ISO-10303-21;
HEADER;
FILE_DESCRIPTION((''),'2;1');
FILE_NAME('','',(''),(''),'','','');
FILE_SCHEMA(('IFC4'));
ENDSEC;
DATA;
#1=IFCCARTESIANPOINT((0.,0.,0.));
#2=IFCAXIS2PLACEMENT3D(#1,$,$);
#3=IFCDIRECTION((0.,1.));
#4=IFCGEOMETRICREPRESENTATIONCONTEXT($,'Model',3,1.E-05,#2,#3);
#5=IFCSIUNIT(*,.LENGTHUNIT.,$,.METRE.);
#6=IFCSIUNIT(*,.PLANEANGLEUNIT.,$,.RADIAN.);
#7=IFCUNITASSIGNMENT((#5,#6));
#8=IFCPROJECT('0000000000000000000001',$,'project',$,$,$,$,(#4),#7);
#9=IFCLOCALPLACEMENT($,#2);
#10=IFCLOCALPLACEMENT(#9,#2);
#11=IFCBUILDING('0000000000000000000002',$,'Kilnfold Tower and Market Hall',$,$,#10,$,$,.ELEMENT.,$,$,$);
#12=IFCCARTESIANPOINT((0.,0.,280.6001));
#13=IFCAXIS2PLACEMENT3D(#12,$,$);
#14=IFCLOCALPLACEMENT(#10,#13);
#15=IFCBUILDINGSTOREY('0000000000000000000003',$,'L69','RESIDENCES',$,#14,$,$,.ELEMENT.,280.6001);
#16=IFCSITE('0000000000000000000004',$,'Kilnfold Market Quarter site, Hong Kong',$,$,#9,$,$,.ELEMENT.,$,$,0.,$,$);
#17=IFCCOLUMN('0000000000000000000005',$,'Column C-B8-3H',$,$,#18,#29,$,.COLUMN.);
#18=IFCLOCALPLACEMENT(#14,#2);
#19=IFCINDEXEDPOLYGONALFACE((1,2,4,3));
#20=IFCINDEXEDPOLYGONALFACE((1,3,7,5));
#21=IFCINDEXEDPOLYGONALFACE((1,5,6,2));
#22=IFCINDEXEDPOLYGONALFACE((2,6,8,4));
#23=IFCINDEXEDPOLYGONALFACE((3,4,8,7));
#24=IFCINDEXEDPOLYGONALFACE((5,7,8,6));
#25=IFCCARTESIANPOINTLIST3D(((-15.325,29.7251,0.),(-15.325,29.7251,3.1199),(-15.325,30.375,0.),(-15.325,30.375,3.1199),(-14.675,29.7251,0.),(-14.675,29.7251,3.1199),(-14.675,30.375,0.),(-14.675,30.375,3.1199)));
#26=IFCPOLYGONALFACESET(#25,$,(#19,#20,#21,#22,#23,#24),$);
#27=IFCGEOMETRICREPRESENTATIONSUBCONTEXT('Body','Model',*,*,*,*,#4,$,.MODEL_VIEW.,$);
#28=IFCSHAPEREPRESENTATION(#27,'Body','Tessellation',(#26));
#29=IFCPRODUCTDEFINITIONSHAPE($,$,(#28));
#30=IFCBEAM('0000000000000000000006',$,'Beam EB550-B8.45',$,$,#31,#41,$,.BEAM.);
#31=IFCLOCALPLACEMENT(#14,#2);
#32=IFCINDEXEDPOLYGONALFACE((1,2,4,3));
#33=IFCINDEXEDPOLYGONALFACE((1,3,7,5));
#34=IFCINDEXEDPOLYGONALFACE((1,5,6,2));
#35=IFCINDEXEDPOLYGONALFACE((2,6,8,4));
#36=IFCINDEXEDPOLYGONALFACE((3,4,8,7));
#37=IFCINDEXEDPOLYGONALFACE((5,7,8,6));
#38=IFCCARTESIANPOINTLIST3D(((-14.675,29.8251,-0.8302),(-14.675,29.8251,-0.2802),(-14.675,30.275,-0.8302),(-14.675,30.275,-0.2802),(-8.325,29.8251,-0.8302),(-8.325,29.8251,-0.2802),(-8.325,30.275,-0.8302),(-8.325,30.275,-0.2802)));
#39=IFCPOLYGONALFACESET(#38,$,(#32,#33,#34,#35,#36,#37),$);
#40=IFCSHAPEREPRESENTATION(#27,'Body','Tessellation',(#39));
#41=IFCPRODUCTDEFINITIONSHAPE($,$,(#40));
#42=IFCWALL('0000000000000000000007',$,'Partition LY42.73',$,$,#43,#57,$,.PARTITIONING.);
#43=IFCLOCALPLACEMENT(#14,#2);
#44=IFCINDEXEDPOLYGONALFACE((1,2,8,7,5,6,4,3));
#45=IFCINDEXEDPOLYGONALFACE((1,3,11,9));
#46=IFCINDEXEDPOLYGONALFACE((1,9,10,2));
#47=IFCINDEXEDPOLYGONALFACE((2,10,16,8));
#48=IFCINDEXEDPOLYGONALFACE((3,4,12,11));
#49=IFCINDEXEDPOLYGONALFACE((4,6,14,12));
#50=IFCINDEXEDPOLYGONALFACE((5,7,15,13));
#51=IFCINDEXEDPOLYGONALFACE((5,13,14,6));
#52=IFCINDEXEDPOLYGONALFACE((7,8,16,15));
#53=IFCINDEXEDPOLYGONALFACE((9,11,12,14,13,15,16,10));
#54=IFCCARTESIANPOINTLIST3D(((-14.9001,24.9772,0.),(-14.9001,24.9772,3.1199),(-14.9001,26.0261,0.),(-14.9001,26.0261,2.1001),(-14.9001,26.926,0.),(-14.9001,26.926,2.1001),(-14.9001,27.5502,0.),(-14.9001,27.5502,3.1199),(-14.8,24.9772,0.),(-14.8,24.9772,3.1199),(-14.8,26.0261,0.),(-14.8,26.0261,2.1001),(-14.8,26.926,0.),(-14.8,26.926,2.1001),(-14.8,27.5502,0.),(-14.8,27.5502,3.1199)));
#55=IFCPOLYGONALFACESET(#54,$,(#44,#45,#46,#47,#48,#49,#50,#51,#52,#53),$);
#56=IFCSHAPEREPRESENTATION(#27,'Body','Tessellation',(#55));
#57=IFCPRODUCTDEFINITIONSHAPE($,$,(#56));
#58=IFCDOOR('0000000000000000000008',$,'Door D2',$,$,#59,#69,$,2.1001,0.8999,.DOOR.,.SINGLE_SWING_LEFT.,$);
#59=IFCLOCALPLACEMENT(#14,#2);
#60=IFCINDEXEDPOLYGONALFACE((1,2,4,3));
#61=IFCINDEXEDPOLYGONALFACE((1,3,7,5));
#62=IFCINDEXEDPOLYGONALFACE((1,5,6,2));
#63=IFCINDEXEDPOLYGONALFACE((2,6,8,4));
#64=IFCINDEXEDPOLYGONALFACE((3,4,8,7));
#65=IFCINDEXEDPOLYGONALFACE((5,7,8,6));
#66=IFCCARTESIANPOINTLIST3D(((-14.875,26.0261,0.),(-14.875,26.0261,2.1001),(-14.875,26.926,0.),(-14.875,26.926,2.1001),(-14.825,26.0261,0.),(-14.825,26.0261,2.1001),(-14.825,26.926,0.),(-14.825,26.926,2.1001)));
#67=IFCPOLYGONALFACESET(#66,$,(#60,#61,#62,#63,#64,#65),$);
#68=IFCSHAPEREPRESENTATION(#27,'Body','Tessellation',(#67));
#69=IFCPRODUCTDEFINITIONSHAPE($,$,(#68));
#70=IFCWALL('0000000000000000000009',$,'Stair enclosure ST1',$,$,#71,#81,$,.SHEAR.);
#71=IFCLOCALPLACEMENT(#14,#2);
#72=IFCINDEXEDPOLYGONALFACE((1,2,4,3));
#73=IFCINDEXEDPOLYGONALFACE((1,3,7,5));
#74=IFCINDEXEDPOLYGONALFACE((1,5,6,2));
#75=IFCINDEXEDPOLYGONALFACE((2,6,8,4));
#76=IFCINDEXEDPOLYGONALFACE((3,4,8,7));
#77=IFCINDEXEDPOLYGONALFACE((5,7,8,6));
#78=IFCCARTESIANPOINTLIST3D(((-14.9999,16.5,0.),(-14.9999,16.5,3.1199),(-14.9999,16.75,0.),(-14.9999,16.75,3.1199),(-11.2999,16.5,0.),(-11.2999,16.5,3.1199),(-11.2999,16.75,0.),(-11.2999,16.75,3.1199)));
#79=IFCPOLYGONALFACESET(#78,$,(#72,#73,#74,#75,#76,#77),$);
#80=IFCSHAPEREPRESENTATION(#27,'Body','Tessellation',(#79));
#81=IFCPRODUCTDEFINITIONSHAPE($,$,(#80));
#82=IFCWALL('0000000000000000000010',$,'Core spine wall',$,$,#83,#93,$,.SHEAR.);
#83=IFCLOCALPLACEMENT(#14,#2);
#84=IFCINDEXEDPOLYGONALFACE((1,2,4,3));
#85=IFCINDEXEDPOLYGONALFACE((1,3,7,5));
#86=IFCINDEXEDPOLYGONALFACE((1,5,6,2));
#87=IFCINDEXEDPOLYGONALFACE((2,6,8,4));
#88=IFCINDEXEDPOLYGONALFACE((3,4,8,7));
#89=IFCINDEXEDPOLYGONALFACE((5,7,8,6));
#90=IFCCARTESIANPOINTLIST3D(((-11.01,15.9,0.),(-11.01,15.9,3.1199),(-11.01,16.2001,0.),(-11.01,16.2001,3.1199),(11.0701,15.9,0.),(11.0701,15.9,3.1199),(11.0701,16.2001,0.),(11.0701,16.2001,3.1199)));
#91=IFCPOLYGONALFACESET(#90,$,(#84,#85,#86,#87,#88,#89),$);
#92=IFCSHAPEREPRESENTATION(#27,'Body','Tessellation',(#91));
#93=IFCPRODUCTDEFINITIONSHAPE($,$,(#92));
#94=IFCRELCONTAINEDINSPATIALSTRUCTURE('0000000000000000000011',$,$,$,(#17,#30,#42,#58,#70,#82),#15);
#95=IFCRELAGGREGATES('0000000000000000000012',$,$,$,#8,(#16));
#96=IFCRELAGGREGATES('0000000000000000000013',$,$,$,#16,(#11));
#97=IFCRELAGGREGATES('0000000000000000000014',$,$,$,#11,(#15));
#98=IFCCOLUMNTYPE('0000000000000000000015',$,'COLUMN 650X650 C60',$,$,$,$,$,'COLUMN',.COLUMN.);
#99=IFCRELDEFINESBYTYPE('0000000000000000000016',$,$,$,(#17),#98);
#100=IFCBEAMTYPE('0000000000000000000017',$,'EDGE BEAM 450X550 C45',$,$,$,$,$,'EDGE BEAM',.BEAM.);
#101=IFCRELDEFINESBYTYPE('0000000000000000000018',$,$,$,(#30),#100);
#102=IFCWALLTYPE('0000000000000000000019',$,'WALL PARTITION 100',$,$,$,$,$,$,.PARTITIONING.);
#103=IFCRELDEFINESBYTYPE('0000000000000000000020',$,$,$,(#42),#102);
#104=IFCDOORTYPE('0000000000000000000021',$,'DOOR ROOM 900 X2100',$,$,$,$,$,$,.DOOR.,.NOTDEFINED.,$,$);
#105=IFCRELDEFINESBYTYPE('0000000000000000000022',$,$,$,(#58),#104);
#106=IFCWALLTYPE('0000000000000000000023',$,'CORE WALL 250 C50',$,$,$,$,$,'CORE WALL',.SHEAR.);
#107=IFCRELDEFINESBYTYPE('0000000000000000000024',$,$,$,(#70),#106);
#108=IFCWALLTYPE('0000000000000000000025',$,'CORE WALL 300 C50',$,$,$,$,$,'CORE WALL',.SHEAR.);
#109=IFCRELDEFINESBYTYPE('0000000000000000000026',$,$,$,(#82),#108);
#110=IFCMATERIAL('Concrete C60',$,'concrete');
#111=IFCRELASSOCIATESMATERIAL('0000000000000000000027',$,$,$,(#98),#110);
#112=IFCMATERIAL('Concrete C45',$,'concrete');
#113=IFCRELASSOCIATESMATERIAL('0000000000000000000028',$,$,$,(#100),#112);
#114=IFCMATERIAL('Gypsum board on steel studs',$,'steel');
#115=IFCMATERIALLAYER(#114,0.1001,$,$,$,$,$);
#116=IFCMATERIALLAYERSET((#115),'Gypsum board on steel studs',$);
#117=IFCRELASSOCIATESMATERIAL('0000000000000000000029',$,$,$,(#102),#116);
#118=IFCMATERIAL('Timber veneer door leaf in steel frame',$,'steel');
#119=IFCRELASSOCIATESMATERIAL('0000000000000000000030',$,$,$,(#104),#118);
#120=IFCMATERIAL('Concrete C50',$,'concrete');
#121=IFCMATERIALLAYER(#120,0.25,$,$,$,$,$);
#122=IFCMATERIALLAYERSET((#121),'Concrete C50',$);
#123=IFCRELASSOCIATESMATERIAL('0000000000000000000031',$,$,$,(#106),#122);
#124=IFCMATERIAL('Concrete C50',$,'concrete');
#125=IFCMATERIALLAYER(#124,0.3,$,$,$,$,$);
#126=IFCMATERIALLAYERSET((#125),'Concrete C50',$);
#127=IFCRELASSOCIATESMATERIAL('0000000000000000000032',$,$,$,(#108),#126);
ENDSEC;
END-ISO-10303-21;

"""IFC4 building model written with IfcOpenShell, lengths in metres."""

from ifc_helpers import new_model, si_unit, direction, frame, frame_2d, origin, origin_2d, place, context, subcontext, project, spatial, rectangle, extrude, source, transform, mapped, material, layer, layer_set, material_profile, profile_set, type_object, element, fill, save


model = new_model("IFC4")

# Units and contexts
model_context = context("Model", 3, precision=1e-05, world=origin(), true_north=direction((0.0, 1.0)))
body_context = subcontext(model_context, "Body", "Model", "MODEL_VIEW")
ifc_project = project(units=[si_unit("LENGTHUNIT", "METRE"), si_unit("PLANEANGLEUNIT", "RADIAN")], contexts=[model_context])

# Site, building, storey
site_placement = place(None, origin())
site = spatial("IfcSite", under=ifc_project, at=site_placement, Name="Kilnfold Market Quarter site, Hong Kong", CompositionType="ELEMENT", RefElevation=0.0)
building_placement = place(site_placement, origin())
building = spatial("IfcBuilding", under=site, at=building_placement, Name="Kilnfold Tower and Market Hall", CompositionType="ELEMENT")
storey_placement = place(building_placement, frame((0.0, 0.0, 280.6001)))
storey = spatial("IfcBuildingStorey", under=building, at=storey_placement, Name="L69", Description="RESIDENCES", CompositionType="ELEMENT", Elevation=280.6001)

# Column
ifc_material_1 = material(Name="Concrete C60", Category="concrete")
ifc_material_profile_1 = material_profile(ifc_material_1, rectangle(XDim=0.6499, YDim=0.6499, at=origin_2d()), Name="RC 650x650")
ifc_profile_set_1 = profile_set([ifc_material_profile_1], Name="Concrete C60")
column_type = type_object("IfcColumnType", Name="COLUMN 650X650 C60", ElementType="COLUMN", PredefinedType="COLUMN", material=ifc_profile_set_1)
shared_shape_1 = source(origin(), body_context, "Body", "SweptSolid", [
    extrude(rectangle(XDim=0.6499, YDim=0.6499, at=origin_2d()), origin(), (0.0, 0.0, 1.0), 3.1199),
])
column_placement = place(storey_placement, frame((-15.0, 30.05, 0.0), z_axis=(0.0, 0.0, 1.0), x_axis=(1.0, 0.0, 0.0)))
element("IfcColumn", 1, at=column_placement, inside=storey, type_object=column_type, Name="Column C-B8-3H", PredefinedType="COLUMN", context=body_context, shape_type="MappedRepresentation", body=[
    mapped(shared_shape_1, transform((0.0, 0.0, 0.0))),
])

# Beam
ifc_material_2 = material(Name="Concrete C45", Category="concrete")
ifc_material_profile_2 = material_profile(ifc_material_2, rectangle(XDim=0.45, YDim=0.55, at=origin_2d()), Name="RC 450x550")
ifc_profile_set_2 = profile_set([ifc_material_profile_2], Name="Concrete C45")
beam_type = type_object("IfcBeamType", Name="EDGE BEAM 450X550 C45", ElementType="EDGE BEAM", PredefinedType="BEAM", material=ifc_profile_set_2)
shared_shape_2 = source(origin(), body_context, "Body", "SweptSolid", [
    extrude(rectangle(XDim=0.45, YDim=0.55, at=origin_2d()), origin(), (0.0, 0.0, 1.0), 6.3501),
])
beam_placement = place(storey_placement, frame((-14.675, 30.05, -0.5552), z_axis=(1.0, 0.0, 0.0), x_axis=(0.0, 1.0, 0.0)))
element("IfcBeam", 2, at=beam_placement, inside=storey, type_object=beam_type, Name="Beam EB550-B8.45", PredefinedType="BEAM", context=body_context, shape_type="MappedRepresentation", body=[
    mapped(shared_shape_2, transform((0.0, 0.0, 0.0))),
])

# Wall, opening, door
ifc_material_3 = material(Name="Gypsum board on steel studs", Category="steel")
ifc_layer_1 = layer(ifc_material_3, 0.1001)
ifc_layer_set_1 = layer_set([ifc_layer_1], Name="Gypsum board on steel studs")
wall_type_1 = type_object("IfcWallType", Name="WALL PARTITION 100", PredefinedType="PARTITIONING", material=ifc_layer_set_1)
wall_1_placement = place(storey_placement, frame((-14.8501, 24.9771, 0.0), z_axis=(0.0, 0.0, 1.0), x_axis=(0.0, 1.0, 0.0)))
wall_1 = element("IfcWall", 3, at=wall_1_placement, inside=storey, type_object=wall_type_1, Name="Partition LY42.73", PredefinedType="PARTITIONING", context=body_context, shape_type="SweptSolid", body=[
    extrude(rectangle(XDim=2.573, YDim=0.1001, at=frame_2d((1.2866, 0.0))), origin(), (0.0, 0.0, 1.0), 3.1199),
])
opening_1_placement = place(wall_1_placement, frame((1.0491, 0.0, 0.0)))
opening_1 = element("IfcOpeningElement", 4, at=opening_1_placement, cuts=wall_1, PredefinedType="OPENING", context=body_context, shape_type="SweptSolid", body=[
    extrude(rectangle(XDim=0.8999, YDim=2.1001, at=frame_2d((0.45, 1.05))), frame((0.0, 0.0601, 0.0), z_axis=(0.0, -1.0, 0.0), x_axis=(1.0, 0.0, 0.0)), (0.0, 0.0, 1.0), 0.1201),
])
ifc_material_4 = material(Name="Timber veneer door leaf in steel frame", Category="steel")
door_type_1 = type_object("IfcDoorType", Name="DOOR ROOM 900 X2100", OperationType="NOTDEFINED", PredefinedType="DOOR", material=ifc_material_4)
door_1_placement = place(opening_1_placement, origin())
door_1 = element("IfcDoor", 5, at=door_1_placement, inside=storey, type_object=door_type_1, Name="Door D2", OperationType="SINGLE_SWING_LEFT", OverallHeight=2.1001, OverallWidth=0.8999, PredefinedType="DOOR", context=body_context, shape_type="SweptSolid", body=[
    extrude(rectangle(XDim=0.8999, YDim=2.1001, at=frame_2d((0.45, 1.05))), frame((0.0, 0.0249, 0.0), z_axis=(0.0, -1.0, 0.0), x_axis=(1.0, 0.0, 0.0)), (0.0, 0.0, 1.0), 0.05),
])
fill(opening_1, door_1)

# Walls
ifc_material_5 = material(Name="Concrete C50", Category="concrete")
ifc_layer_2 = layer(ifc_material_5, 0.25)
ifc_layer_set_2 = layer_set([ifc_layer_2], Name="Concrete C50")
wall_type_2 = type_object("IfcWallType", Name="CORE WALL 250 C50", ElementType="CORE WALL", PredefinedType="SHEAR", material=ifc_layer_set_2)
shared_shape_3 = source(origin(), body_context, "Body", "SweptSolid", [
    extrude(rectangle(XDim=3.7, YDim=0.25, at=frame_2d((1.8501, 0.0))), origin(), (0.0, 0.0, 1.0), 3.1199),
])
wall_2_placement = place(storey_placement, frame((-15.0, 16.625, 0.0), z_axis=(0.0, 0.0, 1.0), x_axis=(1.0, 0.0, 0.0)))
element("IfcWall", 6, at=wall_2_placement, inside=storey, type_object=wall_type_2, Name="Stair enclosure ST1", PredefinedType="SHEAR", context=body_context, shape_type="MappedRepresentation", body=[
    mapped(shared_shape_3, transform((0.0, 0.0, 0.0))),
])
ifc_material_6 = material(Name="Concrete C50", Category="concrete")
ifc_layer_3 = layer(ifc_material_6, 0.3)
ifc_layer_set_3 = layer_set([ifc_layer_3], Name="Concrete C50")
wall_type_3 = type_object("IfcWallType", Name="CORE WALL 300 C50", ElementType="CORE WALL", PredefinedType="SHEAR", material=ifc_layer_set_3)
shared_shape_4 = source(origin(), body_context, "Body", "SweptSolid", [
    extrude(rectangle(XDim=22.0801, YDim=0.3, at=frame_2d((11.04, 0.0))), origin(), (0.0, 0.0, 1.0), 3.1199),
])
wall_3_placement = place(storey_placement, frame((-11.01, 16.05, 0.0), z_axis=(0.0, 0.0, 1.0), x_axis=(1.0, 0.0, 0.0)))
element("IfcWall", 7, at=wall_3_placement, inside=storey, type_object=wall_type_3, Name="Core spine wall", PredefinedType="SHEAR", context=body_context, shape_type="MappedRepresentation", body=[
    mapped(shared_shape_4, transform((0.0, 0.0, 0.0))),
])

save(model, "model.ifc")
